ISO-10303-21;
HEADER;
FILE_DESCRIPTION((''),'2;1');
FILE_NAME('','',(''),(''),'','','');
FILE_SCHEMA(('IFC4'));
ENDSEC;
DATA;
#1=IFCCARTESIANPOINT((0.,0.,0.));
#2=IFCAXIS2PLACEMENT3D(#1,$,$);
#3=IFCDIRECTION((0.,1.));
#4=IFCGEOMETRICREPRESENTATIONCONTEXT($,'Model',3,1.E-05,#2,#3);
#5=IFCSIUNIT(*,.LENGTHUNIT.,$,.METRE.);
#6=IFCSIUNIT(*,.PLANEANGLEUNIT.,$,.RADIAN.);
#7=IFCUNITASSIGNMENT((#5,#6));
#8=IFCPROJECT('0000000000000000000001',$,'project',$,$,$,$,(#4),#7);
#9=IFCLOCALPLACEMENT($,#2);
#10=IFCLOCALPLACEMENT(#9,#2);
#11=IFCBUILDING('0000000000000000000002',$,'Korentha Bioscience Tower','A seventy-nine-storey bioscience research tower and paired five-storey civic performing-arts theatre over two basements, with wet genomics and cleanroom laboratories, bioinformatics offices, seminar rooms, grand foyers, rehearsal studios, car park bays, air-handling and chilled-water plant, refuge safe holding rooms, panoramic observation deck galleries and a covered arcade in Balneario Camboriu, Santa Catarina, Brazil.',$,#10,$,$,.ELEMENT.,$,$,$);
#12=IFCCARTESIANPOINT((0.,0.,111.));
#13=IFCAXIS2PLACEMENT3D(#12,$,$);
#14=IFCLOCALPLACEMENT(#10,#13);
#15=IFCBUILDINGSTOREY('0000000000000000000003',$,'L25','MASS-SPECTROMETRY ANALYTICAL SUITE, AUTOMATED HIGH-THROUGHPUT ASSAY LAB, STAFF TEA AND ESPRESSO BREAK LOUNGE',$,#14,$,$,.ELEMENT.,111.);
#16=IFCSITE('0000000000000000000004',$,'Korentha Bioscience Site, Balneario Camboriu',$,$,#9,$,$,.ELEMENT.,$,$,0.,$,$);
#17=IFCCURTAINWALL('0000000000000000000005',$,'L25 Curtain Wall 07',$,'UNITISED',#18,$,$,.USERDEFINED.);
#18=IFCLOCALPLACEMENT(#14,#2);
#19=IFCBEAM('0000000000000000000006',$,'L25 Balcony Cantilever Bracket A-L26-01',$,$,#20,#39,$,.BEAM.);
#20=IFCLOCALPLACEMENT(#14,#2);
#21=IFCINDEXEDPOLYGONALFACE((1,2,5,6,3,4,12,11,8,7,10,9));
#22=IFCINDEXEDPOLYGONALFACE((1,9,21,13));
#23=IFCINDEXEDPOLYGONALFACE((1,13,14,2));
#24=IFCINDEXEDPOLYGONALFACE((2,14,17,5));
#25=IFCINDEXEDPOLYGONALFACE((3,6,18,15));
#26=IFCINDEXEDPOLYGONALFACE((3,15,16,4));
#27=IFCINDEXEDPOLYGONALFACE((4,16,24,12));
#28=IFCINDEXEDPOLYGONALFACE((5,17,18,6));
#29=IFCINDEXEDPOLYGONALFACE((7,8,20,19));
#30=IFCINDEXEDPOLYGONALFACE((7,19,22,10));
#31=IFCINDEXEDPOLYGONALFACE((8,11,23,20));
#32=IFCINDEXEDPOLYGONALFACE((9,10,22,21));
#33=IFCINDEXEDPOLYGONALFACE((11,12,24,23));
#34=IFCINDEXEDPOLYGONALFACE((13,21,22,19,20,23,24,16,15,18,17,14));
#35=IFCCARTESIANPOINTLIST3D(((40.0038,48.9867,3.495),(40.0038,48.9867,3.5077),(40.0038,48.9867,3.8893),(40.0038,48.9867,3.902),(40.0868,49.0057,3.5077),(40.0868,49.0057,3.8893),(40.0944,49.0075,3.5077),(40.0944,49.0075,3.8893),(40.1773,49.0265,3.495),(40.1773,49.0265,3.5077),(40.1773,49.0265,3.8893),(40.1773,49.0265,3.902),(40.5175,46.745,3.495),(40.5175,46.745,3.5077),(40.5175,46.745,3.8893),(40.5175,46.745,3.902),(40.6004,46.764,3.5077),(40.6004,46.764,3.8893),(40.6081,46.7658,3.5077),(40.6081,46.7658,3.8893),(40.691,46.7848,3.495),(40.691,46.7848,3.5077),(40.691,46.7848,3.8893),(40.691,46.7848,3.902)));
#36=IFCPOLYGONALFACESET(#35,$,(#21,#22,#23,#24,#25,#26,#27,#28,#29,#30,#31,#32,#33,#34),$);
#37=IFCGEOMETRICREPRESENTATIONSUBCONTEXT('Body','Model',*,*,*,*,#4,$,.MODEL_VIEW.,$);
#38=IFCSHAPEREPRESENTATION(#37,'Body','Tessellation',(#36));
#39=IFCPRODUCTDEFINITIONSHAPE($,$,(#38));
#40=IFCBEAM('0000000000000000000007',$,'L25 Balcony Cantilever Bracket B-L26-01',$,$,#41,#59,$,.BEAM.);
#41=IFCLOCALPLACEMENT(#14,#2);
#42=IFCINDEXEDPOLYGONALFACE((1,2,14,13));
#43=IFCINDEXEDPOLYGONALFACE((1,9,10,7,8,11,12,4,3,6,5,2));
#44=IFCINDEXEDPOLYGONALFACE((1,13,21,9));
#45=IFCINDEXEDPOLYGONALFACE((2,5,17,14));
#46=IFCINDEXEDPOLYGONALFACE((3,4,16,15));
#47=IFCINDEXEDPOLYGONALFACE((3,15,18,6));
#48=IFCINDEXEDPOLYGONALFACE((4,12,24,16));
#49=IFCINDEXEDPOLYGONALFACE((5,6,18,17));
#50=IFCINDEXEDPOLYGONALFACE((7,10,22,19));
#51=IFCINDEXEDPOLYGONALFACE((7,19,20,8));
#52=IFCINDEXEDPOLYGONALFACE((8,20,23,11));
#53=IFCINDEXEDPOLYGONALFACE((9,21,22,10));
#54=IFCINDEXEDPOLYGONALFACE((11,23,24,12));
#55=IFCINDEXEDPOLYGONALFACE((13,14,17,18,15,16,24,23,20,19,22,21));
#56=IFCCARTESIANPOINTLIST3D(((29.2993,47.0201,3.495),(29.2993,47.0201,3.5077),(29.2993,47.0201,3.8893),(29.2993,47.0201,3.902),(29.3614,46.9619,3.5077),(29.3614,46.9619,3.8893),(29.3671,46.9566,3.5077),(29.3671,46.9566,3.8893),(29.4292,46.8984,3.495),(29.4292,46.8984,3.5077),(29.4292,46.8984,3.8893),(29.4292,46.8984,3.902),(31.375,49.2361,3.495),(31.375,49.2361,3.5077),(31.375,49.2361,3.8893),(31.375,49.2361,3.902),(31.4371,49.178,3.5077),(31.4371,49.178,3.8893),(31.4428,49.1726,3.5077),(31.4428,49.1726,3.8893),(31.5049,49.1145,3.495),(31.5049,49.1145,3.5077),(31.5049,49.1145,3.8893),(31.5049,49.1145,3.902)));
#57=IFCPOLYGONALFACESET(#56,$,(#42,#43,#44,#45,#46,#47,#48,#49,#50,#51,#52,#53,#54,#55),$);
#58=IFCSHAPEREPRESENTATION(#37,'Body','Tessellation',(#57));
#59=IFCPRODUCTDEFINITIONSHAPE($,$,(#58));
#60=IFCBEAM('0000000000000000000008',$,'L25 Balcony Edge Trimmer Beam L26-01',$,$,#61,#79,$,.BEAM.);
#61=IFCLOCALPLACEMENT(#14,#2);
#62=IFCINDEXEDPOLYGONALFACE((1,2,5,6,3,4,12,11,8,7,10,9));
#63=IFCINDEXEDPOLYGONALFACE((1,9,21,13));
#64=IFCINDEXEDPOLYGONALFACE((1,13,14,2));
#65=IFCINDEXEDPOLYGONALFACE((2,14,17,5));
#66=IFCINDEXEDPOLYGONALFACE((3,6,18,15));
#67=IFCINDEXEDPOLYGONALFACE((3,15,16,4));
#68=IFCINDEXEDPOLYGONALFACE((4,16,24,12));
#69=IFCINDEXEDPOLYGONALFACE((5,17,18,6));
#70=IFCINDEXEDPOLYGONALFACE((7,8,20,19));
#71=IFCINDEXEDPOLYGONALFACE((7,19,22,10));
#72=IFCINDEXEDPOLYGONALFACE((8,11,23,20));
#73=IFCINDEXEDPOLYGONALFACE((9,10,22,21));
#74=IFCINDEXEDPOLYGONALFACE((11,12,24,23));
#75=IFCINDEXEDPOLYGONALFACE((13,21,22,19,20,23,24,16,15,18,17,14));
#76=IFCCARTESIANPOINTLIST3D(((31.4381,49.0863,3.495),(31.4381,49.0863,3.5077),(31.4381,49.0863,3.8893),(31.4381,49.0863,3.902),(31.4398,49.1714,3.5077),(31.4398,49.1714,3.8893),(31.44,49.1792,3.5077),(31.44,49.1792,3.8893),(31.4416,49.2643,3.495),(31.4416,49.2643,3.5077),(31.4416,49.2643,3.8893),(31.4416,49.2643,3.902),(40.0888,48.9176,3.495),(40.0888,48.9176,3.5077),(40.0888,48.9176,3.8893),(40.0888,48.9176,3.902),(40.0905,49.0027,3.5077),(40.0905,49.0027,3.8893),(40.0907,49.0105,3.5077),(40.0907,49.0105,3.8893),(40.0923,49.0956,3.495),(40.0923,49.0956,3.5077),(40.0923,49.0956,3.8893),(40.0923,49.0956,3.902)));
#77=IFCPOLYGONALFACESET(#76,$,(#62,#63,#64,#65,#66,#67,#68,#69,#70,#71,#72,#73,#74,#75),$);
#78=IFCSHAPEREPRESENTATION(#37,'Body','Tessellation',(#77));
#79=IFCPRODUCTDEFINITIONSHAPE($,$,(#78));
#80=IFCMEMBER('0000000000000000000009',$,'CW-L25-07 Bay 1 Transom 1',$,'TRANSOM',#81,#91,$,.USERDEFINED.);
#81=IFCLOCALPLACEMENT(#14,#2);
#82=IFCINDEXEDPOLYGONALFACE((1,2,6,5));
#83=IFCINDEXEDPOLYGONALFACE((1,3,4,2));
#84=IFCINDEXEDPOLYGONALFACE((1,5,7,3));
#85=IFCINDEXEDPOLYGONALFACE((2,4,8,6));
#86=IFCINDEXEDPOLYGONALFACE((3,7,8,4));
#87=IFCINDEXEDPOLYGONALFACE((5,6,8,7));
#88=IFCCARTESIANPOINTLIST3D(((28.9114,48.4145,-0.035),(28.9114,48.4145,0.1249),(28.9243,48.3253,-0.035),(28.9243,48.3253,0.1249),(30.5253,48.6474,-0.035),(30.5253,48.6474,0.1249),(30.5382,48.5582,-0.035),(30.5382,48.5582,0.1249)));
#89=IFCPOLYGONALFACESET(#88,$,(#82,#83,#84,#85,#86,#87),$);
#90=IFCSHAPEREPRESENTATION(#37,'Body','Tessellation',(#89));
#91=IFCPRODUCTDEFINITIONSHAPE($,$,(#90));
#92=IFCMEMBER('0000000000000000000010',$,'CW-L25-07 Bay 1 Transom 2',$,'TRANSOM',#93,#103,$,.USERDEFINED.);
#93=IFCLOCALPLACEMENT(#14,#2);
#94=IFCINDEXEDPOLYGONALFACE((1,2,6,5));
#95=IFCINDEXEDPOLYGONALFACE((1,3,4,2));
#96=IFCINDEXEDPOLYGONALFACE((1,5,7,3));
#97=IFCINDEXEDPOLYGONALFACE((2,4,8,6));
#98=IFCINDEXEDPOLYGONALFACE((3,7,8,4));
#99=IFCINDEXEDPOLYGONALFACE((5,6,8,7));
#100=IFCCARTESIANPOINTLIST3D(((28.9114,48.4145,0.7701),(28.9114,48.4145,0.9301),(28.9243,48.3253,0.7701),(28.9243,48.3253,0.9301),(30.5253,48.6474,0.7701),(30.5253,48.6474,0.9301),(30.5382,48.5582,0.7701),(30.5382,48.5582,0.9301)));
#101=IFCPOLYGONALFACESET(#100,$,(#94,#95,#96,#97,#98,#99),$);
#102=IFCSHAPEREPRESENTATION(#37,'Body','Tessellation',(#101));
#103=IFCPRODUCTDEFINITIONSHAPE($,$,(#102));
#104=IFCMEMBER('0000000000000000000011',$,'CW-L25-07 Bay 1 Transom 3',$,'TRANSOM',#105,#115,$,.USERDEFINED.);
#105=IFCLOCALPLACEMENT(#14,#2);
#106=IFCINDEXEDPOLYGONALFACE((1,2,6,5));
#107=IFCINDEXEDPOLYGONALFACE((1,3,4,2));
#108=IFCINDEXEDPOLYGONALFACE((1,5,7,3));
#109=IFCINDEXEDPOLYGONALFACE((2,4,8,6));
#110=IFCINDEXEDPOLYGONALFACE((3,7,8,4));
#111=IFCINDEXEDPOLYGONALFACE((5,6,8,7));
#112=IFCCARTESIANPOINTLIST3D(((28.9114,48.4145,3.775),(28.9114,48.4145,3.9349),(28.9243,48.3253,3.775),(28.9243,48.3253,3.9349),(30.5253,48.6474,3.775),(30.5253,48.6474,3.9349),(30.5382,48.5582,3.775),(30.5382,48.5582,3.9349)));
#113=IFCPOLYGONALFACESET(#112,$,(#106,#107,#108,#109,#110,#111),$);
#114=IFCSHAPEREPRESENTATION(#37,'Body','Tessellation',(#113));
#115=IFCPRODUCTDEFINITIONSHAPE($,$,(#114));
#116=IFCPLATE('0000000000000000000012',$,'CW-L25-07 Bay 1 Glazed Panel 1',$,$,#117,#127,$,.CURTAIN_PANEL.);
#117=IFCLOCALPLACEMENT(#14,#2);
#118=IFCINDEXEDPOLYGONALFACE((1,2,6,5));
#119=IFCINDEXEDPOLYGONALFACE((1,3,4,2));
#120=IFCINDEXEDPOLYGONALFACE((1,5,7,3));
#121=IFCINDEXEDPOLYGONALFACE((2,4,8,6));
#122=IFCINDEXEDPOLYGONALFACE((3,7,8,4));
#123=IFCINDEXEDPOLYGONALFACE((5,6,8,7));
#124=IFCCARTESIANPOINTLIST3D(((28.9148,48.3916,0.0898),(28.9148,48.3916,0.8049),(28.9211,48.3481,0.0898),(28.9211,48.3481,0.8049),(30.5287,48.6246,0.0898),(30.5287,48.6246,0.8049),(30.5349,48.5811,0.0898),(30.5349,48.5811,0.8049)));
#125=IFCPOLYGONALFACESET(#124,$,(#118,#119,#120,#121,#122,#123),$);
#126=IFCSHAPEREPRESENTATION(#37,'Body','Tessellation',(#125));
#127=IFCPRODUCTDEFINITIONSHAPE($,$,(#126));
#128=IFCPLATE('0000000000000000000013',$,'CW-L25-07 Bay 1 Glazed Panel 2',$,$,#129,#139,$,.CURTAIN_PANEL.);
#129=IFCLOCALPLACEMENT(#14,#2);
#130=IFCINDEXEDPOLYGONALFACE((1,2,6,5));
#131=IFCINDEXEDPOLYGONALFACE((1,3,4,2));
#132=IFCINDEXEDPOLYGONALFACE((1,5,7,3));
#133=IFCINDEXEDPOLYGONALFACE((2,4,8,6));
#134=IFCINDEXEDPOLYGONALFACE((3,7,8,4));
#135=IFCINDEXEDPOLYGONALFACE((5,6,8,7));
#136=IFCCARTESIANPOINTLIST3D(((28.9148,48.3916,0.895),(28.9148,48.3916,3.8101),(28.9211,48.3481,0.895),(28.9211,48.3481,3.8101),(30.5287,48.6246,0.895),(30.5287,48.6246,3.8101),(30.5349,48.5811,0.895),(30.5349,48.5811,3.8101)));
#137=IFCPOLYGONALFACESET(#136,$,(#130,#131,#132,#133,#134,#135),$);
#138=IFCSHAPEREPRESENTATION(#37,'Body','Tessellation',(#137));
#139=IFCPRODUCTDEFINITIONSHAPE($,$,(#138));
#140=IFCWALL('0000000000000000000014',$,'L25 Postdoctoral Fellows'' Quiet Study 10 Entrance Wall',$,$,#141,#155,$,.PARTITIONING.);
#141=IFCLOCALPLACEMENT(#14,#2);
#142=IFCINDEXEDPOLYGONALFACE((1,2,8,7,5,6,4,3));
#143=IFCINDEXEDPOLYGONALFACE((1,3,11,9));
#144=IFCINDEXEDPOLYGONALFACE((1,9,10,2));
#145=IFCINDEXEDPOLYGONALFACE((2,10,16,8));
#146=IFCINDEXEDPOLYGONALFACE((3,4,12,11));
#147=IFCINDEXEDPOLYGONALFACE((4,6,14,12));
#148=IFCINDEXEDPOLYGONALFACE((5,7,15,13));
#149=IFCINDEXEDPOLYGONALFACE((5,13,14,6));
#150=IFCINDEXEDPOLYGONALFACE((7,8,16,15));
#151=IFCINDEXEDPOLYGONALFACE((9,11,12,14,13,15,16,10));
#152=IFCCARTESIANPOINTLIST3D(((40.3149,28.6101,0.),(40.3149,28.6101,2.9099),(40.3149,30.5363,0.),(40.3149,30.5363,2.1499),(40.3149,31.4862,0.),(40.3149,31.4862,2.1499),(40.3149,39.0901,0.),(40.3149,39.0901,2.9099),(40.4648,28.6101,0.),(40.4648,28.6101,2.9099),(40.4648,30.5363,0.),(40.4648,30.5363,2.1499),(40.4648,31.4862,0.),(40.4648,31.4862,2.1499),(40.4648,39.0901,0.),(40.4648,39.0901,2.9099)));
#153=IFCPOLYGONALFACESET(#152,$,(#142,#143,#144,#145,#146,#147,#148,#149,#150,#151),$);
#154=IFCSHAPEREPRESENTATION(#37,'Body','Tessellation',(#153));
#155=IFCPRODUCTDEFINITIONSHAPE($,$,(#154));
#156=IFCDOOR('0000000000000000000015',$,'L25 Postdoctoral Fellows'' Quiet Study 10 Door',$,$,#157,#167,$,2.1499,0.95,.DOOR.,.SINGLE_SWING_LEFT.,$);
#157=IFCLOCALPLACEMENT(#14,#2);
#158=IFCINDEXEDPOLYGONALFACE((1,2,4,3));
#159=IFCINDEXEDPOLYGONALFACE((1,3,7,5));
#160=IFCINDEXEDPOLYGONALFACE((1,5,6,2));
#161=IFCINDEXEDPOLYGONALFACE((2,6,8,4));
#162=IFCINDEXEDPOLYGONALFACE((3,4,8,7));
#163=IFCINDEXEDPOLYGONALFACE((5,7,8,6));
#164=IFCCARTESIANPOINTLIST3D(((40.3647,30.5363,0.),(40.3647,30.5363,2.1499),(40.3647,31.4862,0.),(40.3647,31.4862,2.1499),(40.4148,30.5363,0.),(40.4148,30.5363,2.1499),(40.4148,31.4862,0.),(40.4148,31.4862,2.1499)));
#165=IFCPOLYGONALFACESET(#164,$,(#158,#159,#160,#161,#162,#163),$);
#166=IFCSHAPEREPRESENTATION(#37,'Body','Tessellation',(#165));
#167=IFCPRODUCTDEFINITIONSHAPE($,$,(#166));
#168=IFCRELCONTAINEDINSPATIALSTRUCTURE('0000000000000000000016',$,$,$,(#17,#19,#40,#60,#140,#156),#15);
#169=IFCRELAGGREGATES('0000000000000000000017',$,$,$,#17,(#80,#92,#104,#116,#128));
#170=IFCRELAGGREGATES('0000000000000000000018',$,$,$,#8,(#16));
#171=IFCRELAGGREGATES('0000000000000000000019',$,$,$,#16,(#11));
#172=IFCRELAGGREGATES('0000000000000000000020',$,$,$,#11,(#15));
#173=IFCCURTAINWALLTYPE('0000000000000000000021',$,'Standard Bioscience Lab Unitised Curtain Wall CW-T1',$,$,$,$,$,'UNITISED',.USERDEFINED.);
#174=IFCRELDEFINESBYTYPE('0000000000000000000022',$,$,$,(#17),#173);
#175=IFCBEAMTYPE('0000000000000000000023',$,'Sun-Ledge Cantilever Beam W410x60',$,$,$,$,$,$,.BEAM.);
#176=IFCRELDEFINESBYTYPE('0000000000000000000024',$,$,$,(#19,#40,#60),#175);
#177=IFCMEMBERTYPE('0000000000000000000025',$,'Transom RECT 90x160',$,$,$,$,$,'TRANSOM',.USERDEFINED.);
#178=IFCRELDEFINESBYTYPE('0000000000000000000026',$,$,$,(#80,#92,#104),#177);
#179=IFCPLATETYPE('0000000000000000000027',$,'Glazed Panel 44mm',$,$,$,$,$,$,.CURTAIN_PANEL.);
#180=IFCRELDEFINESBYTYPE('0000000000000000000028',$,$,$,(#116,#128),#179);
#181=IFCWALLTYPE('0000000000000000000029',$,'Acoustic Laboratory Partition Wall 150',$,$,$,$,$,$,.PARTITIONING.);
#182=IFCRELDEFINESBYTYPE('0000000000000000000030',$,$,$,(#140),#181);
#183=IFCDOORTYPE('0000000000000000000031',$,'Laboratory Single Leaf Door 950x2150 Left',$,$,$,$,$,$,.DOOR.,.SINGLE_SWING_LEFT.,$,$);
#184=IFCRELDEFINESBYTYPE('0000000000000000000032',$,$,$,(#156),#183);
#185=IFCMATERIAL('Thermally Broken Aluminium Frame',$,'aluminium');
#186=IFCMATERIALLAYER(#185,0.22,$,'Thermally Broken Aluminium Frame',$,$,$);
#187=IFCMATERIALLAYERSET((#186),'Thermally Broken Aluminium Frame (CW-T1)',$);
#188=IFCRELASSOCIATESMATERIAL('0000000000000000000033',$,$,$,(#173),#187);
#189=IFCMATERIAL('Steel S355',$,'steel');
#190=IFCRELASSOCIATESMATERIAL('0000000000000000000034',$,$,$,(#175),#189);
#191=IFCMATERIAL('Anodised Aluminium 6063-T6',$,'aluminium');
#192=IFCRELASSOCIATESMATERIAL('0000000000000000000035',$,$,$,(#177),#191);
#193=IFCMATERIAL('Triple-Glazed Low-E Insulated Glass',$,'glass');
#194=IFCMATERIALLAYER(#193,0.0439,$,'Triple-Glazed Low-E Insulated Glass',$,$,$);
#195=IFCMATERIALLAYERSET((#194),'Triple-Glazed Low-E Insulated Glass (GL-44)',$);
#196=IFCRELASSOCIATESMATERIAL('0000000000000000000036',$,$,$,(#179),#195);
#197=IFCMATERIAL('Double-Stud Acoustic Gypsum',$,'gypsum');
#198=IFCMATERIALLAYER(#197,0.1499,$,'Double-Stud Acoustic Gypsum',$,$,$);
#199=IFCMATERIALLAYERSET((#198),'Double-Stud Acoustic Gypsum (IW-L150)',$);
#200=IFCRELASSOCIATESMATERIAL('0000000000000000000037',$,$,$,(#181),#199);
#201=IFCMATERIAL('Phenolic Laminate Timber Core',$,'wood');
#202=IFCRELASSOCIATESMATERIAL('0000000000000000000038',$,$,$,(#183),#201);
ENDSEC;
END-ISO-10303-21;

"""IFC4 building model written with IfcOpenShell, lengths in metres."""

from ifc_helpers import new_model, si_unit, direction, frame, frame_2d, origin, origin_2d, place, context, subcontext, project, spatial, rectangle, i_section, extrude, material, layer, layer_set, material_profile, profile_set, type_object, element, fill, aggregate, save


model = new_model("IFC4")

# Units and contexts
model_context = context("Model", 3, precision=1e-05, world=origin(), true_north=direction((0.0, 1.0)))
body_context = subcontext(model_context, "Body", "Model", "MODEL_VIEW")
ifc_project = project(units=[si_unit("LENGTHUNIT", "METRE"), si_unit("PLANEANGLEUNIT", "RADIAN")], contexts=[model_context])

# Site, building, storey
site_placement = place(None, origin())
site = spatial("IfcSite", under=ifc_project, at=site_placement, Name="Korentha Bioscience Site, Balneario Camboriu", CompositionType="ELEMENT", RefElevation=0.0)
building_placement = place(site_placement, origin())
building = spatial("IfcBuilding", under=site, at=building_placement, Name="Korentha Bioscience Tower", Description="A seventy-nine-storey bioscience research tower and paired five-storey civic performing-arts theatre over two basements, with wet genomics and cleanroom laboratories, bioinformatics offices, seminar rooms, grand foyers, rehearsal studios, car park bays, air-handling and chilled-water plant, refuge safe holding rooms, panoramic observation deck galleries and a covered arcade in Balneario Camboriu, Santa Catarina, Brazil.", CompositionType="ELEMENT")
storey_placement = place(building_placement, frame((0.0, 0.0, 111.0)))
storey = spatial("IfcBuildingStorey", under=building, at=storey_placement, Name="L25", Description="MASS-SPECTROMETRY ANALYTICAL SUITE, AUTOMATED HIGH-THROUGHPUT ASSAY LAB, STAFF TEA AND ESPRESSO BREAK LOUNGE", CompositionType="ELEMENT", Elevation=111.0)

# Curtain wall
ifc_material_1 = material(Name="Thermally Broken Aluminium Frame", Category="aluminium")
ifc_layer_1 = layer(ifc_material_1, 0.22, Name="Thermally Broken Aluminium Frame")
ifc_layer_set_1 = layer_set([ifc_layer_1], Name="Thermally Broken Aluminium Frame (CW-T1)")
curtain_wall_type = type_object("IfcCurtainWallType", Name="Standard Bioscience Lab Unitised Curtain Wall CW-T1", ElementType="UNITISED", PredefinedType="USERDEFINED", material=ifc_layer_set_1)
curtain_wall_placement = place(storey_placement, origin())
curtain_wall = element("IfcCurtainWall", 1, at=curtain_wall_placement, inside=storey, type_object=curtain_wall_type, Name="L25 Curtain Wall 07", ObjectType="UNITISED", PredefinedType="USERDEFINED")
ifc_material_2 = material(Name="Anodised Aluminium 6063-T6", Category="aluminium")

# Beams
ifc_material_3 = material(Name="Steel S355", Category="steel")
ifc_material_profile_1 = material_profile(ifc_material_3, i_section(OverallWidth=0.178, OverallDepth=0.407, WebThickness=0.0078, FlangeThickness=0.0127, at=origin_2d()), Name="Steel S355")
ifc_profile_set_1 = profile_set([ifc_material_profile_1], Name="Steel S355 (CB-410)")
beam_type_1 = type_object("IfcBeamType", Name="Sun-Ledge Cantilever Beam W410x60", PredefinedType="BEAM", material=ifc_profile_set_1)
beam_1_placement = place(storey_placement, frame((40.6042, 46.7649, 3.6985), z_axis=(-0.223355, 0.974737, 0.0), x_axis=(-0.974737, -0.223355, 0.0)))
element("IfcBeam", 2, at=beam_1_placement, inside=storey, type_object=beam_type_1, Name="L25 Balcony Cantilever Bracket A-L26-01", PredefinedType="BEAM", context=body_context, shape_type="SweptSolid", body=[
    extrude(i_section(OverallWidth=0.178, OverallDepth=0.407, WebThickness=0.0078, FlangeThickness=0.0127, at=origin_2d()), origin(), (0.0, 0.0, 1.0), 2.2998),
])
beam_2_placement = place(storey_placement, frame((29.3643, 46.9592, 3.6985), z_axis=(0.683612, 0.729846, 0.0), x_axis=(-0.729846, 0.683612, 0.0)))
element("IfcBeam", 3, at=beam_2_placement, inside=storey, type_object=beam_type_1, Name="L25 Balcony Cantilever Bracket B-L26-01", PredefinedType="BEAM", context=body_context, shape_type="SweptSolid", body=[
    extrude(i_section(OverallWidth=0.178, OverallDepth=0.407, WebThickness=0.0078, FlangeThickness=0.0127, at=origin_2d()), origin(), (0.0, 0.0, 1.0), 3.0364),
])
beam_3_placement = place(storey_placement, frame((40.0906, 49.0066, 3.6985), z_axis=(-0.99981, 0.019498, 0.0), x_axis=(-0.019498, -0.99981, 0.0)))
element("IfcBeam", 4, at=beam_3_placement, inside=storey, type_object=beam_type_1, Name="L25 Balcony Edge Trimmer Beam L26-01", PredefinedType="BEAM", context=body_context, shape_type="SweptSolid", body=[
    extrude(i_section(OverallWidth=0.178, OverallDepth=0.407, WebThickness=0.0078, FlangeThickness=0.0127, at=origin_2d()), origin(), (0.0, 0.0, 1.0), 8.6523),
])

# Members
ifc_material_profile_2 = material_profile(ifc_material_2, rectangle(XDim=0.0901, YDim=0.1599, at=origin_2d()), Name="Anodised Aluminium 6063-T6")
ifc_profile_set_2 = profile_set([ifc_material_profile_2], Name="Anodised Aluminium 6063-T6 (CW-TRN)")
member_type_1 = type_object("IfcMemberType", Name="Transom RECT 90x160", ElementType="TRANSOM", PredefinedType="USERDEFINED", material=ifc_profile_set_2)
member_1_placement = place(storey_placement, frame((30.5317, 48.6028, 0.0449), z_axis=(-0.989748, -0.142826, 0.0), x_axis=(0.142826, -0.989748, 0.0)))
member_1 = element("IfcMember", 5, at=member_1_placement, type_object=member_type_1, Name="CW-L25-07 Bay 1 Transom 1", ObjectType="TRANSOM", PredefinedType="USERDEFINED", context=body_context, shape_type="SweptSolid", body=[
    extrude(rectangle(XDim=0.0901, YDim=0.1599, at=origin_2d()), origin(), (0.0, 0.0, 1.0), 1.6306),
])
member_2_placement = place(storey_placement, frame((30.5317, 48.6028, 0.8501), z_axis=(-0.989748, -0.142826, 0.0), x_axis=(0.142826, -0.989748, 0.0)))
member_2 = element("IfcMember", 6, at=member_2_placement, type_object=member_type_1, Name="CW-L25-07 Bay 1 Transom 2", ObjectType="TRANSOM", PredefinedType="USERDEFINED", context=body_context, shape_type="SweptSolid", body=[
    extrude(rectangle(XDim=0.0901, YDim=0.1599, at=origin_2d()), origin(), (0.0, 0.0, 1.0), 1.6306),
])
member_3_placement = place(storey_placement, frame((30.5317, 48.6028, 3.855), z_axis=(-0.989748, -0.142826, 0.0), x_axis=(0.142826, -0.989748, 0.0)))
member_3 = element("IfcMember", 7, at=member_3_placement, type_object=member_type_1, Name="CW-L25-07 Bay 1 Transom 3", ObjectType="TRANSOM", PredefinedType="USERDEFINED", context=body_context, shape_type="SweptSolid", body=[
    extrude(rectangle(XDim=0.0901, YDim=0.1599, at=origin_2d()), origin(), (0.0, 0.0, 1.0), 1.6306),
])

# Plates
ifc_material_4 = material(Name="Triple-Glazed Low-E Insulated Glass", Category="glass")
ifc_layer_2 = layer(ifc_material_4, 0.0439, Name="Triple-Glazed Low-E Insulated Glass")
ifc_layer_set_2 = layer_set([ifc_layer_2], Name="Triple-Glazed Low-E Insulated Glass (GL-44)")
plate_type = type_object("IfcPlateType", Name="Glazed Panel 44mm", PredefinedType="CURTAIN_PANEL", material=ifc_layer_set_2)
plate_1_placement = place(storey_placement, frame((29.7249, 48.4863, 0.0898), z_axis=(0.0, 0.0, 1.0), x_axis=(-0.989738, -0.142892, 0.0)))
plate_1 = element("IfcPlate", 8, at=plate_1_placement, type_object=plate_type, Name="CW-L25-07 Bay 1 Glazed Panel 1", PredefinedType="CURTAIN_PANEL", context=body_context, shape_type="SweptSolid", body=[
    extrude(rectangle(XDim=1.6306, YDim=0.0439, at=origin_2d()), origin(), (0.0, 0.0, 1.0), 0.7151),
])
plate_2_placement = place(storey_placement, frame((29.7249, 48.4863, 0.895), z_axis=(0.0, 0.0, 1.0), x_axis=(-0.989738, -0.142892, 0.0)))
plate_2 = element("IfcPlate", 9, at=plate_2_placement, type_object=plate_type, Name="CW-L25-07 Bay 1 Glazed Panel 2", PredefinedType="CURTAIN_PANEL", context=body_context, shape_type="SweptSolid", body=[
    extrude(rectangle(XDim=1.6306, YDim=0.0439, at=origin_2d()), origin(), (0.0, 0.0, 1.0), 2.915),
])
aggregate(curtain_wall, [member_1, member_2, member_3, plate_1, plate_2])

# Wall, opening, door
ifc_material_5 = material(Name="Double-Stud Acoustic Gypsum", Category="gypsum")
ifc_layer_3 = layer(ifc_material_5, 0.1499, Name="Double-Stud Acoustic Gypsum")
ifc_layer_set_3 = layer_set([ifc_layer_3], Name="Double-Stud Acoustic Gypsum (IW-L150)")
wall_type_1 = type_object("IfcWallType", Name="Acoustic Laboratory Partition Wall 150", PredefinedType="PARTITIONING", material=ifc_layer_set_3)
wall_1_placement = place(storey_placement, frame((40.3899, 39.0901, 0.0), z_axis=(0.0, 0.0, 1.0), x_axis=(0.0, -1.0, 0.0)))
wall_1 = element("IfcWall", 10, at=wall_1_placement, inside=storey, type_object=wall_type_1, Name="L25 Postdoctoral Fellows' Quiet Study 10 Entrance Wall", PredefinedType="PARTITIONING", context=body_context, shape_type="SweptSolid", body=[
    extrude(rectangle(XDim=10.48, YDim=0.1499, at=frame_2d((5.24, 0.0))), origin(), (0.0, 0.0, 1.0), 2.9099),
])
opening_1_placement = place(wall_1_placement, frame((7.6038, 0.0, 0.0)))
opening_1 = element("IfcOpeningElement", 11, at=opening_1_placement, cuts=wall_1, PredefinedType="OPENING", context=body_context, shape_type="SweptSolid", body=[
    extrude(rectangle(XDim=0.95, YDim=2.1499, at=frame_2d((0.4751, 1.075))), frame((0.0, 0.0898, 0.0), z_axis=(0.0, -1.0, 0.0), x_axis=(1.0, 0.0, 0.0)), (0.0, 0.0, 1.0), 0.1797),
])
ifc_material_6 = material(Name="Phenolic Laminate Timber Core", Category="wood")
door_type_1 = type_object("IfcDoorType", Name="Laboratory Single Leaf Door 950x2150 Left", OperationType="SINGLE_SWING_LEFT", PredefinedType="DOOR", material=ifc_material_6)
door_1_placement = place(opening_1_placement, origin())
door_1 = element("IfcDoor", 12, at=door_1_placement, inside=storey, type_object=door_type_1, Name="L25 Postdoctoral Fellows' Quiet Study 10 Door", OperationType="SINGLE_SWING_LEFT", OverallHeight=2.1499, OverallWidth=0.95, PredefinedType="DOOR", context=body_context, shape_type="SweptSolid", body=[
    extrude(rectangle(XDim=0.95, YDim=2.1499, at=frame_2d((0.4751, 1.075))), frame((0.0, 0.0249, 0.0), z_axis=(0.0, -1.0, 0.0), x_axis=(1.0, 0.0, 0.0)), (0.0, 0.0, 1.0), 0.05),
])
fill(opening_1, door_1)

save(model, "model.ifc")
